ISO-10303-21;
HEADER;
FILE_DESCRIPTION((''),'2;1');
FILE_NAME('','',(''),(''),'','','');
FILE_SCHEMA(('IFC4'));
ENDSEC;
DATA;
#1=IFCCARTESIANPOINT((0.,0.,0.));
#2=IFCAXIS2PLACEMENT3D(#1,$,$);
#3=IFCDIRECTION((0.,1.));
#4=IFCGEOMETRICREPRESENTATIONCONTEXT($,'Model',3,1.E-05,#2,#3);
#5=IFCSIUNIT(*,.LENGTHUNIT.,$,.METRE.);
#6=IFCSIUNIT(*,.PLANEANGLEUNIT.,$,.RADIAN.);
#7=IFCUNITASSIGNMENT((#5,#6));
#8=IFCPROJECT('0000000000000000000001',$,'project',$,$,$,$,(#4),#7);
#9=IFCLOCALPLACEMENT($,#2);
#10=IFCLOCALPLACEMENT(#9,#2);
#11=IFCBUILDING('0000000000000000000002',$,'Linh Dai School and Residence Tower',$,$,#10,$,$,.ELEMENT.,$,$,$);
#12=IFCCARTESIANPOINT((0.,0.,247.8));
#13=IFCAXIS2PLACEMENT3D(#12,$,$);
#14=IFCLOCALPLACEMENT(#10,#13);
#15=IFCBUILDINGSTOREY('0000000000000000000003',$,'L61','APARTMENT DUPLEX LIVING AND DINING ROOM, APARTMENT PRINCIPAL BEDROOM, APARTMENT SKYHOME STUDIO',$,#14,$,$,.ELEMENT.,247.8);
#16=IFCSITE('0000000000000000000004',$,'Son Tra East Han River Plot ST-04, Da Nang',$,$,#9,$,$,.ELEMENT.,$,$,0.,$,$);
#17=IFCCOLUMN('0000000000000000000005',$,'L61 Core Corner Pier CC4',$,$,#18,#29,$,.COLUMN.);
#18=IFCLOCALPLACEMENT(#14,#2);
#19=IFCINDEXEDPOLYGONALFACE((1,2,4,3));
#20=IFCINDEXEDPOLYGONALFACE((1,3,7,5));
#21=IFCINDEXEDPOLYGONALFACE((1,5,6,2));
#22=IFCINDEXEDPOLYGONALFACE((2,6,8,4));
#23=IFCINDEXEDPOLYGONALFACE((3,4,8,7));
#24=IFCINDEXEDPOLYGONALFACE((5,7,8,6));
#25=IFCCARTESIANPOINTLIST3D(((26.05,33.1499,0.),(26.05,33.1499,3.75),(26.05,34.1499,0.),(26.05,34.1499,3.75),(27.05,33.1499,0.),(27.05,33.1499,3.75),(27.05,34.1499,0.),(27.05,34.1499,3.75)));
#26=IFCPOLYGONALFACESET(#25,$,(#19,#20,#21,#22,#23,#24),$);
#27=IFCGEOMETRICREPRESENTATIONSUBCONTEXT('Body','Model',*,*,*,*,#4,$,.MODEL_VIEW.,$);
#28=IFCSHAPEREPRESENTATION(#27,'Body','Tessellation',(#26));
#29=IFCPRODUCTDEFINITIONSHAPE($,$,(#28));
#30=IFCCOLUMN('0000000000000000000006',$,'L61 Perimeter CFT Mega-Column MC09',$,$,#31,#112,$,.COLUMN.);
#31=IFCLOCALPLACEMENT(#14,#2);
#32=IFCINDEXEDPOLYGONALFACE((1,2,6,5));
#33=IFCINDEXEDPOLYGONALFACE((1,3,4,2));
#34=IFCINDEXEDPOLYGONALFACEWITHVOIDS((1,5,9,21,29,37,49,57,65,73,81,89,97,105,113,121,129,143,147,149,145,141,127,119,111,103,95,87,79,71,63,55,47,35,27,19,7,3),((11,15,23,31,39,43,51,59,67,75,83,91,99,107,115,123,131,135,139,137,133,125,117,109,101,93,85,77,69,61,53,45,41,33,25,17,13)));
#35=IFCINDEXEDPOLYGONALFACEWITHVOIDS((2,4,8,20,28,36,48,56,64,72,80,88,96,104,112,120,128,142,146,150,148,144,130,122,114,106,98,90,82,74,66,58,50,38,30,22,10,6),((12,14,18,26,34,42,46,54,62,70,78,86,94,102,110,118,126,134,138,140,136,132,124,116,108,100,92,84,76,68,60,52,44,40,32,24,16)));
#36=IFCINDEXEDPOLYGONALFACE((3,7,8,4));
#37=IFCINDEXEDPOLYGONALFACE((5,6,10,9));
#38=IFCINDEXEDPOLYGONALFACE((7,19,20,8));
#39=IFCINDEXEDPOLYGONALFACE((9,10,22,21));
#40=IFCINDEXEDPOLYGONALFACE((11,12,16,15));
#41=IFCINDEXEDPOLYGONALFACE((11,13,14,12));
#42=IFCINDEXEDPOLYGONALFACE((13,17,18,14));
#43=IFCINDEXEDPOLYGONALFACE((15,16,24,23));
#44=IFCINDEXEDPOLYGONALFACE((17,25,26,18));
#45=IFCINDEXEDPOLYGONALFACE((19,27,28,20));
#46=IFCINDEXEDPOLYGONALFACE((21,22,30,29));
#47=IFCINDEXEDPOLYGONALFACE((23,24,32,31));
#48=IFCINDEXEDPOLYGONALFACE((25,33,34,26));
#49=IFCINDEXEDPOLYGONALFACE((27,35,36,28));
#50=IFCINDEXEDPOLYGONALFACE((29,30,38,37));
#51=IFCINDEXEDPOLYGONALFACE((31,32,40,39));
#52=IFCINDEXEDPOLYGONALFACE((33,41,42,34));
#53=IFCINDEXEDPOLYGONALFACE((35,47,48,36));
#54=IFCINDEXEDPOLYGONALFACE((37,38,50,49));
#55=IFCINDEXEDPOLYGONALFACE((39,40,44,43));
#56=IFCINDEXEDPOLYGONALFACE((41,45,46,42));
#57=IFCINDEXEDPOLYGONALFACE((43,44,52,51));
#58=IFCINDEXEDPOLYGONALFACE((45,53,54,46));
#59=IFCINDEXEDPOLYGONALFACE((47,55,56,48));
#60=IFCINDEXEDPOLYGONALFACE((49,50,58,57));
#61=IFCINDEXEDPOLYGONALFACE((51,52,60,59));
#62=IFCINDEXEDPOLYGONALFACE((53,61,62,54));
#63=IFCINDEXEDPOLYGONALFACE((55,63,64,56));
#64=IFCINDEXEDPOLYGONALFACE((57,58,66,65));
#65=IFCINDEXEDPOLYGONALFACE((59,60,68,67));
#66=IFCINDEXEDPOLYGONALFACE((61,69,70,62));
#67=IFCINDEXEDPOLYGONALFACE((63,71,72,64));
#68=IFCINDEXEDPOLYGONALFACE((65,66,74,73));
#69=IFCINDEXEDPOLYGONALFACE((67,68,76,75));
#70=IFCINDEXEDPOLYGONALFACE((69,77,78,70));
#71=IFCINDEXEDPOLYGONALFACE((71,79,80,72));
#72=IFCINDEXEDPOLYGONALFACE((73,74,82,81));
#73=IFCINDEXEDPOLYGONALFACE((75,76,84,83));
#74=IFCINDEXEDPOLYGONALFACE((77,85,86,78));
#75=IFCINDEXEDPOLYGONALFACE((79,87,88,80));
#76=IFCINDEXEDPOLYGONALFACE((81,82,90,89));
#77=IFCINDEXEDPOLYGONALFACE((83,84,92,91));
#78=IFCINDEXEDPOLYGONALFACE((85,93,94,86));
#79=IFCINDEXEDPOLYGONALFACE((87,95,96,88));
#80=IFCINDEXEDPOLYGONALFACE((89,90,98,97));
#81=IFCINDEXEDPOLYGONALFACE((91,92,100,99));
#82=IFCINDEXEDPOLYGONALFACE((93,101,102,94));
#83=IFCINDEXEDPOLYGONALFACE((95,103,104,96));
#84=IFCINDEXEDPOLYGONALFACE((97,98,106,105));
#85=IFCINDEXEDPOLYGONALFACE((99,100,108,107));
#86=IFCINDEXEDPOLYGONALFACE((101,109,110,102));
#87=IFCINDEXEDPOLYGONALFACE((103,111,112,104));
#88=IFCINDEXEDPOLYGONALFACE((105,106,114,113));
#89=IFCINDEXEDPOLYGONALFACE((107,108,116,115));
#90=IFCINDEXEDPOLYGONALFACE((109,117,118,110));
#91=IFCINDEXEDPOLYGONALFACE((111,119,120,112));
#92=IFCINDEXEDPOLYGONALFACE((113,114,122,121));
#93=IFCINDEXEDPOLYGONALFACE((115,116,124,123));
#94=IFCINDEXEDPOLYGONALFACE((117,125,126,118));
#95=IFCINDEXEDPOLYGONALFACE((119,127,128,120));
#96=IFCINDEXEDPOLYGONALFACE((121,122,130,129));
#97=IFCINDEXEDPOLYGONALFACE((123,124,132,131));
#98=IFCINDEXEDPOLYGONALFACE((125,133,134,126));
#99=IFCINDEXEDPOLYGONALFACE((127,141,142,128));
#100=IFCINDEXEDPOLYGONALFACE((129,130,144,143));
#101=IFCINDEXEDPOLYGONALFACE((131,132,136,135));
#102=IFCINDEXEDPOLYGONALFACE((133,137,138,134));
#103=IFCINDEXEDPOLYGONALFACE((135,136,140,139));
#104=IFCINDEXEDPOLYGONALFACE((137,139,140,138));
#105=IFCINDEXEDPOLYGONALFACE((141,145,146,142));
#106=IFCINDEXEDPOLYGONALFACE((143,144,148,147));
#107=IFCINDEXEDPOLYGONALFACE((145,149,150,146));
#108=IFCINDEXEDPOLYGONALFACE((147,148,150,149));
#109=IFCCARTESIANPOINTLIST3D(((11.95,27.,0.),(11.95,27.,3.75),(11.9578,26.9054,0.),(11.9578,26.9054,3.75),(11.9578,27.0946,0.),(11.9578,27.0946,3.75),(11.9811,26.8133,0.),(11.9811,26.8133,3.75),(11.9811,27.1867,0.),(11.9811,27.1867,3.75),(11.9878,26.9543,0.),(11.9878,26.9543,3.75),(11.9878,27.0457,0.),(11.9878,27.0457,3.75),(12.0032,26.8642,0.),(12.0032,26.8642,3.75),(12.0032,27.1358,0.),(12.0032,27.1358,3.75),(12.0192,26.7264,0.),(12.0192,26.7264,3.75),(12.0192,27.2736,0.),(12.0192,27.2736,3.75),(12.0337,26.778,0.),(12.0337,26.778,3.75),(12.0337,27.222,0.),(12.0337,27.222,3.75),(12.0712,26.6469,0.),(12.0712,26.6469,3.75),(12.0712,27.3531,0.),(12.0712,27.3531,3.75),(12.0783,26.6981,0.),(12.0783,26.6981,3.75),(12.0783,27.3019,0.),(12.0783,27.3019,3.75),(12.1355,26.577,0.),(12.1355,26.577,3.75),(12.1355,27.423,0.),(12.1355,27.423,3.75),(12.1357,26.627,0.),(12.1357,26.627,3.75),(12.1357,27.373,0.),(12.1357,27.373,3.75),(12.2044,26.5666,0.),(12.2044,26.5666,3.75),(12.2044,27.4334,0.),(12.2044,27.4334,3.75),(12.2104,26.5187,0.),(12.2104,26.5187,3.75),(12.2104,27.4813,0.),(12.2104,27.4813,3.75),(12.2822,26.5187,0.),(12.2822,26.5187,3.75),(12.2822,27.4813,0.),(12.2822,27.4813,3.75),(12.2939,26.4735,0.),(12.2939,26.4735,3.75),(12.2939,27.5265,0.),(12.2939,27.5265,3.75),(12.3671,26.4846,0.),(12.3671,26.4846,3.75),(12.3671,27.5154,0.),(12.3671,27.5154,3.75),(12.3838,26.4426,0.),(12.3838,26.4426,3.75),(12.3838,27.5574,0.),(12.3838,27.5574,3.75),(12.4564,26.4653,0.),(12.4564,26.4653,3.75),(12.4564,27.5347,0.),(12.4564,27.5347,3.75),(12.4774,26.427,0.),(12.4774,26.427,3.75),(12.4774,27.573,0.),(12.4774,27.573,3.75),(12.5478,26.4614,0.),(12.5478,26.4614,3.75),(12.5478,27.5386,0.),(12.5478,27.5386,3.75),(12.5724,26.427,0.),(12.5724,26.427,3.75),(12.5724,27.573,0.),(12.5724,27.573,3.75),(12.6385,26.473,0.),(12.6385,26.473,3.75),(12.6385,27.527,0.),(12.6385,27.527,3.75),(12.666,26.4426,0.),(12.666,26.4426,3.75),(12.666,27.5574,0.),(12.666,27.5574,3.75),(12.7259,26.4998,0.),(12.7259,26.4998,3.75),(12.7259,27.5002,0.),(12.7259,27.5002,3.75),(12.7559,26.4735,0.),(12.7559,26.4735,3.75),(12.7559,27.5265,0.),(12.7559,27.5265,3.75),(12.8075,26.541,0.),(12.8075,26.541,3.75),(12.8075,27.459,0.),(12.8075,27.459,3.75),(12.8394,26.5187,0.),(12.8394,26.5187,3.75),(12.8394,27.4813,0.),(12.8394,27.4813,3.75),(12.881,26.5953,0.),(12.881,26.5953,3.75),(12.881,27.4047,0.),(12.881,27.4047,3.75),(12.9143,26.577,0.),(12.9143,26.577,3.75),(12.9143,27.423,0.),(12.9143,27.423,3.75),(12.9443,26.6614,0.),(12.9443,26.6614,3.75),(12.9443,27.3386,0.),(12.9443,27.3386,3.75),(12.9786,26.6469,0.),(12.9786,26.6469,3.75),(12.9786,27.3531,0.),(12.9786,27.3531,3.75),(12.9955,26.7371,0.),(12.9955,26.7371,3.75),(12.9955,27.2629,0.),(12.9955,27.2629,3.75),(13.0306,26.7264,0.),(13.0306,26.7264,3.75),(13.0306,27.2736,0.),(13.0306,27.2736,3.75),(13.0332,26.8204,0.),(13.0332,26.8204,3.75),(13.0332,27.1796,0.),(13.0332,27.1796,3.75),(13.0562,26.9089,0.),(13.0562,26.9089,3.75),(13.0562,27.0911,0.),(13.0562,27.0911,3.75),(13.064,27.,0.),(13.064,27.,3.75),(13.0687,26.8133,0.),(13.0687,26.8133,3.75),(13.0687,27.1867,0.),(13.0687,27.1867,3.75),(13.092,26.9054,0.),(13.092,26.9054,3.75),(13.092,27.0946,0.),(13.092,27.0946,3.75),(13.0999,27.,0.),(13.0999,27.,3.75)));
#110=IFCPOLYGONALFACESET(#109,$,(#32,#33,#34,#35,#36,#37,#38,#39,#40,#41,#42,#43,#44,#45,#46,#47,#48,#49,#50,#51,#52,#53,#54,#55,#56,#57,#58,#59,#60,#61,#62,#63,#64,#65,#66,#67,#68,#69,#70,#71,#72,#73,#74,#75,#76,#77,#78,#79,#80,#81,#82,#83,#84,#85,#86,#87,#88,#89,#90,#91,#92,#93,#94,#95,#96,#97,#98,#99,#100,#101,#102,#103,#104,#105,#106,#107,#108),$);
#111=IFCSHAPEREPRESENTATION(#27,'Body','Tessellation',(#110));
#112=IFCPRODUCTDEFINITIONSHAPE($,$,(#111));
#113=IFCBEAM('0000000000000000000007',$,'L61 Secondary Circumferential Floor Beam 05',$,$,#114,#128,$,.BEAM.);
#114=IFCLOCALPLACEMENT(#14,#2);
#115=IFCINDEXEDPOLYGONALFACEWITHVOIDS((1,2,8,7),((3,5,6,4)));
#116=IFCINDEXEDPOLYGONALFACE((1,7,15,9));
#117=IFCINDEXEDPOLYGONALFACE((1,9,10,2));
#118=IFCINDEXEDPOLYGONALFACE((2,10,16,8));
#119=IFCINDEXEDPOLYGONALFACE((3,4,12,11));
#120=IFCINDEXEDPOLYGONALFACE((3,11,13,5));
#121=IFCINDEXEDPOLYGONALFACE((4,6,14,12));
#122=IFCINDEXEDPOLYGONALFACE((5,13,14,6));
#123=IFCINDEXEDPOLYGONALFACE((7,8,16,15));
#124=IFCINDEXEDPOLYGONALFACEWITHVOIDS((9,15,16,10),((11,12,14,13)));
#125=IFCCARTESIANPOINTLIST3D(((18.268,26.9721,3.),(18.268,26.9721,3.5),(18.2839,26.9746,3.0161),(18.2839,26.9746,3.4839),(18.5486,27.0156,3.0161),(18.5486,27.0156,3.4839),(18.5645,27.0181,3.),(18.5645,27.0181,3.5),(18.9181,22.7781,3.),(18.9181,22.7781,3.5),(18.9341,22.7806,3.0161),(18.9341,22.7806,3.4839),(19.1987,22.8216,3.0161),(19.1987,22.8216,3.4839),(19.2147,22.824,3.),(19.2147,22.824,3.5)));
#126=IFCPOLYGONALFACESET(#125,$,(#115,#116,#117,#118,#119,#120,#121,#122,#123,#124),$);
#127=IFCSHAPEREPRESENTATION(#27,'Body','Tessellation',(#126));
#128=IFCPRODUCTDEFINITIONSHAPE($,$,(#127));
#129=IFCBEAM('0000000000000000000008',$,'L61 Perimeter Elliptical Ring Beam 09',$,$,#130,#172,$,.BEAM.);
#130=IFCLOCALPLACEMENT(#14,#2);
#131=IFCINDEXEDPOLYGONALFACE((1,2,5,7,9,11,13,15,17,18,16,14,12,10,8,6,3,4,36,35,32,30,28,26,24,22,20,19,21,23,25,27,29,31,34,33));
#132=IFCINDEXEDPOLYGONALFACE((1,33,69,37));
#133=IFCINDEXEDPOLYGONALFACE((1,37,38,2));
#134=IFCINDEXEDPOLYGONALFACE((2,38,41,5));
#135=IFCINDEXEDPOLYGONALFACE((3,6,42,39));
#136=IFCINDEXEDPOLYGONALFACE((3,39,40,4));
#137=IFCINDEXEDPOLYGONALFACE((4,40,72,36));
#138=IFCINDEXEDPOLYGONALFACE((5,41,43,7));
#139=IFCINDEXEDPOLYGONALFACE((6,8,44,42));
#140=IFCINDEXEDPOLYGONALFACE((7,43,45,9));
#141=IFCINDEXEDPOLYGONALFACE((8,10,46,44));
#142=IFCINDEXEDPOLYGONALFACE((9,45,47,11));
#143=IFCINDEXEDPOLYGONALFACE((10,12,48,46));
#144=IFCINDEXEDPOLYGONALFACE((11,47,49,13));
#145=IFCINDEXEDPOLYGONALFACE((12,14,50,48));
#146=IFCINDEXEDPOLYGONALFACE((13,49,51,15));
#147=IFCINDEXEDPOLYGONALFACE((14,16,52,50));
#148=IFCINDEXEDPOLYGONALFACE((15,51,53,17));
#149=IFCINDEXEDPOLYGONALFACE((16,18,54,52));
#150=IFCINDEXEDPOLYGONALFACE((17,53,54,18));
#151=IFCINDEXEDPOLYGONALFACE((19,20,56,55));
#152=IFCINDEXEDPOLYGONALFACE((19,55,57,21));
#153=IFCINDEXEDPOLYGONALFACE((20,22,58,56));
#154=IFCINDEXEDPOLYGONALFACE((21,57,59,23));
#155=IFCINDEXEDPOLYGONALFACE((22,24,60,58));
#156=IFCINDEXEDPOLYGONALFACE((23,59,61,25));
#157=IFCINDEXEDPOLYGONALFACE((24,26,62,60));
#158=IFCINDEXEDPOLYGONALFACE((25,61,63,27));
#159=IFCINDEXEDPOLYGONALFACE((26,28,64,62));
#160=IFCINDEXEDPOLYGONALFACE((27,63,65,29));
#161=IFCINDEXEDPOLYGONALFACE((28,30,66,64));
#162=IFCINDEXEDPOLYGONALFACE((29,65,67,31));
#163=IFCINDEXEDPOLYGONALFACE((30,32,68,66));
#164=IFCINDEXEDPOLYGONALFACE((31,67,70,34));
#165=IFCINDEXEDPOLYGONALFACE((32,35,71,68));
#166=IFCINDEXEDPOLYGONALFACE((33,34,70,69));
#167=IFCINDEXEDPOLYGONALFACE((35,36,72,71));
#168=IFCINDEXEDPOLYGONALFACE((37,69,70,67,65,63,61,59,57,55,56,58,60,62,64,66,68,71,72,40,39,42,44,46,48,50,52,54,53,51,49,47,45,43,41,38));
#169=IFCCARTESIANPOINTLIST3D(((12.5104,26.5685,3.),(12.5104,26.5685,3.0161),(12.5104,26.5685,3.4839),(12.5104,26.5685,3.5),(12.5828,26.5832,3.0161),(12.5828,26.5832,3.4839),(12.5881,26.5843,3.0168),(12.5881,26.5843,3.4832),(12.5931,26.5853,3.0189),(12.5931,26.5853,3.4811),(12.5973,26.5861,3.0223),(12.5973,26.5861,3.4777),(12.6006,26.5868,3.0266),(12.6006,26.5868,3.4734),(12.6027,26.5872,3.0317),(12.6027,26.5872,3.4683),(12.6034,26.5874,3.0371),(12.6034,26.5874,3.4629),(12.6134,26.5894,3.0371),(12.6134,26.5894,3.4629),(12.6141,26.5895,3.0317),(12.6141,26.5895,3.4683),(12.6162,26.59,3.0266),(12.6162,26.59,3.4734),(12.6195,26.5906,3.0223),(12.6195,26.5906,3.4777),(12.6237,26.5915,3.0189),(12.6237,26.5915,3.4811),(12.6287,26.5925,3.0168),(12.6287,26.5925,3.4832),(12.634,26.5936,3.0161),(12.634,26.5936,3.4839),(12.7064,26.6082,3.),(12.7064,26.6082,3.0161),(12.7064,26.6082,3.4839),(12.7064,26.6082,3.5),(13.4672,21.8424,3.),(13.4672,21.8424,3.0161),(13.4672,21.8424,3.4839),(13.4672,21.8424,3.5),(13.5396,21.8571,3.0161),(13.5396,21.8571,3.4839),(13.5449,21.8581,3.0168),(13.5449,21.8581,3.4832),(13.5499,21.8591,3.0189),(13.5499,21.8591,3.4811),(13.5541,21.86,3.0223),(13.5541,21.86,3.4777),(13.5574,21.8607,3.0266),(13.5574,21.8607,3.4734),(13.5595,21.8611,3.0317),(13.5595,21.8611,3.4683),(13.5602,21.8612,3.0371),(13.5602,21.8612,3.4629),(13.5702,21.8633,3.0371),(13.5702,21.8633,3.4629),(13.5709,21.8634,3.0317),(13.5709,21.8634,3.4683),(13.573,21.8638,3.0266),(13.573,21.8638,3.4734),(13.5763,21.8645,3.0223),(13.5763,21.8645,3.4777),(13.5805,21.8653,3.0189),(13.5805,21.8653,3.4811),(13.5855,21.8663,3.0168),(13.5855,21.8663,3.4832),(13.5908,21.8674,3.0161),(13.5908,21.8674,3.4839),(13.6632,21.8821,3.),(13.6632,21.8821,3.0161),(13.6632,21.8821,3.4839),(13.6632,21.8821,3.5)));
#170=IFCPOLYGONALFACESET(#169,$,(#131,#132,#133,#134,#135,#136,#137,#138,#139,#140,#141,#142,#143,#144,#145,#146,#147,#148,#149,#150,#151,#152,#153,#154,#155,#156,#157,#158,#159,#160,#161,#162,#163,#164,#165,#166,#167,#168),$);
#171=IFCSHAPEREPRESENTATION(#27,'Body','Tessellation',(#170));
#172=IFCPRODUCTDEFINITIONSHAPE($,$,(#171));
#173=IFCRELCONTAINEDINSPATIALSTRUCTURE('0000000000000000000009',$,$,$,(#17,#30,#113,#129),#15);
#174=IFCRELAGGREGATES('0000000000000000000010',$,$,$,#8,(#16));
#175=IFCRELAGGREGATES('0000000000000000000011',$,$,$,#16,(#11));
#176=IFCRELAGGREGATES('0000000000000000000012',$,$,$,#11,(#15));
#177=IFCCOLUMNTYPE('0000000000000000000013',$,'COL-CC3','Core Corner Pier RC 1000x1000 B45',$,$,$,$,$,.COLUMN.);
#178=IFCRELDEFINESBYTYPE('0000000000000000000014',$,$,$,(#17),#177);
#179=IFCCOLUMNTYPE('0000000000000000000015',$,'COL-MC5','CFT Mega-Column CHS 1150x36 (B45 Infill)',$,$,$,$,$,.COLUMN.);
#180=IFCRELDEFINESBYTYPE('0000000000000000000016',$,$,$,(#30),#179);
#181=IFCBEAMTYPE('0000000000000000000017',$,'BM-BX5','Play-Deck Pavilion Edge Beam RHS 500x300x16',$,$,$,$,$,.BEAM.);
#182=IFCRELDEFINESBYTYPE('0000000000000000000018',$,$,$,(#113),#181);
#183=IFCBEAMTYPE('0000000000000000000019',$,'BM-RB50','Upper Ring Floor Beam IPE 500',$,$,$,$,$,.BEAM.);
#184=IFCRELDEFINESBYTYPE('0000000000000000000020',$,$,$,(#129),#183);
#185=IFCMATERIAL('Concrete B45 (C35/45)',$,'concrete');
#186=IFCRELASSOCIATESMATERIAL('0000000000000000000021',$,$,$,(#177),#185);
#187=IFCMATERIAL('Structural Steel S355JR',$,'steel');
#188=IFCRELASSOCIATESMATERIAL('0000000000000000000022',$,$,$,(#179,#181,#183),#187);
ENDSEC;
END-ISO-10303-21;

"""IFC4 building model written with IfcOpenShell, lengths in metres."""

from ifc_helpers import new_model, si_unit, direction, frame, origin, origin_2d, place, context, subcontext, project, spatial, rectangle, hollow_rectangle, hollow_circle, i_section, extrude, material, material_profile, profile_set, type_object, element, save


model = new_model("IFC4")

# Units and contexts
model_context = context("Model", 3, precision=1e-05, world=origin(), true_north=direction((0.0, 1.0)))
body_context = subcontext(model_context, "Body", "Model", "MODEL_VIEW")
ifc_project = project(units=[si_unit("LENGTHUNIT", "METRE"), si_unit("PLANEANGLEUNIT", "RADIAN")], contexts=[model_context])

# Site, building, storey
site_placement = place(None, origin())
site = spatial("IfcSite", under=ifc_project, at=site_placement, Name="Son Tra East Han River Plot ST-04, Da Nang", CompositionType="ELEMENT", RefElevation=0.0)
building_placement = place(site_placement, origin())
building = spatial("IfcBuilding", under=site, at=building_placement, Name="Linh Dai School and Residence Tower", CompositionType="ELEMENT")
storey_placement = place(building_placement, frame((0.0, 0.0, 247.8)))
storey = spatial("IfcBuildingStorey", under=building, at=storey_placement, Name="L61", Description="APARTMENT DUPLEX LIVING AND DINING ROOM, APARTMENT PRINCIPAL BEDROOM, APARTMENT SKYHOME STUDIO", CompositionType="ELEMENT", Elevation=247.8)

# Columns
ifc_material_1 = material(Name="Concrete B45 (C35/45)", Category="concrete")
ifc_material_profile_1 = material_profile(ifc_material_1, rectangle(XDim=1.0, YDim=1.0, at=origin_2d()), Name="RC 1000x1000")
ifc_profile_set_1 = profile_set([ifc_material_profile_1], Name="Concrete B45 (C35/45)")
column_type_1 = type_object("IfcColumnType", Name="COL-CC3", Description="Core Corner Pier RC 1000x1000 B45", PredefinedType="COLUMN", material=ifc_profile_set_1)
column_1_placement = place(storey_placement, frame((26.55, 33.6499, 0.0), z_axis=(0.0, 0.0, 1.0), x_axis=(1.0, 0.0, 0.0)))
element("IfcColumn", 1, at=column_1_placement, inside=storey, type_object=column_type_1, Name="L61 Core Corner Pier CC4", PredefinedType="COLUMN", context=body_context, shape_type="SweptSolid", body=[
    extrude(rectangle(XDim=1.0, YDim=1.0, at=origin_2d()), origin(), (0.0, 0.0, 1.0), 3.75),
])
ifc_material_2 = material(Name="Structural Steel S355JR", Category="steel")
ifc_material_profile_2 = material_profile(ifc_material_2, hollow_circle(Radius=0.575, WallThickness=0.0359, at=origin_2d()), Name="CHS 1150x36")
ifc_profile_set_2 = profile_set([ifc_material_profile_2], Name="Structural Steel S355JR")
column_type_2 = type_object("IfcColumnType", Name="COL-MC5", Description="CFT Mega-Column CHS 1150x36 (B45 Infill)", PredefinedType="COLUMN", material=ifc_profile_set_2)
column_2_placement = place(storey_placement, frame((12.5249, 27.0, 0.0), z_axis=(0.0, 0.0, 1.0), x_axis=(1.0, 0.0, 0.0)))
element("IfcColumn", 2, at=column_2_placement, inside=storey, type_object=column_type_2, Name="L61 Perimeter CFT Mega-Column MC09", PredefinedType="COLUMN", context=body_context, shape_type="SweptSolid", body=[
    extrude(hollow_circle(Radius=0.575, WallThickness=0.0359, at=origin_2d()), origin(), (0.0, 0.0, 1.0), 3.75),
])

# Beams
ifc_material_profile_3 = material_profile(ifc_material_2, hollow_rectangle(XDim=0.3, YDim=0.5, WallThickness=0.0161, at=origin_2d()), Name="RHS 500x300x16")
ifc_profile_set_3 = profile_set([ifc_material_profile_3], Name="Structural Steel S355JR")
beam_type_1 = type_object("IfcBeamType", Name="BM-BX5", Description="Play-Deck Pavilion Edge Beam RHS 500x300x16", PredefinedType="BEAM", material=ifc_profile_set_3)
beam_1_placement = place(storey_placement, frame((18.4163, 26.9951, 3.25), z_axis=(0.153185, -0.988197, 0.0), x_axis=(0.988197, 0.153185, 0.0)))
element("IfcBeam", 3, at=beam_1_placement, inside=storey, type_object=beam_type_1, Name="L61 Secondary Circumferential Floor Beam 05", PredefinedType="BEAM", context=body_context, shape_type="SweptSolid", body=[
    extrude(hollow_rectangle(XDim=0.3, YDim=0.5, WallThickness=0.0161, at=origin_2d()), origin(), (0.0, 0.0, 1.0), 4.2441),
])
ifc_material_profile_4 = material_profile(ifc_material_2, i_section(OverallWidth=0.2, OverallDepth=0.5, WebThickness=0.0103, FlangeThickness=0.0161, FilletRadius=0.021, at=origin_2d()), Name="IPE 500")
ifc_profile_set_4 = profile_set([ifc_material_profile_4], Name="Structural Steel S355JR")
beam_type_2 = type_object("IfcBeamType", Name="BM-RB50", Description="Upper Ring Floor Beam IPE 500", PredefinedType="BEAM", material=ifc_profile_set_4)
beam_2_placement = place(storey_placement, frame((12.6084, 26.5884, 3.25), z_axis=(0.198423, -0.980116, 0.0), x_axis=(0.980116, 0.198423, 0.0)))
element("IfcBeam", 4, at=beam_2_placement, inside=storey, type_object=beam_type_2, Name="L61 Perimeter Elliptical Ring Beam 09", PredefinedType="BEAM", context=body_context, shape_type="SweptSolid", body=[
    extrude(i_section(OverallWidth=0.2, OverallDepth=0.5, WebThickness=0.0103, FlangeThickness=0.0161, FilletRadius=0.021, at=origin_2d()), origin(), (0.0, 0.0, 1.0), 4.822),
])

save(model, "model.ifc")
